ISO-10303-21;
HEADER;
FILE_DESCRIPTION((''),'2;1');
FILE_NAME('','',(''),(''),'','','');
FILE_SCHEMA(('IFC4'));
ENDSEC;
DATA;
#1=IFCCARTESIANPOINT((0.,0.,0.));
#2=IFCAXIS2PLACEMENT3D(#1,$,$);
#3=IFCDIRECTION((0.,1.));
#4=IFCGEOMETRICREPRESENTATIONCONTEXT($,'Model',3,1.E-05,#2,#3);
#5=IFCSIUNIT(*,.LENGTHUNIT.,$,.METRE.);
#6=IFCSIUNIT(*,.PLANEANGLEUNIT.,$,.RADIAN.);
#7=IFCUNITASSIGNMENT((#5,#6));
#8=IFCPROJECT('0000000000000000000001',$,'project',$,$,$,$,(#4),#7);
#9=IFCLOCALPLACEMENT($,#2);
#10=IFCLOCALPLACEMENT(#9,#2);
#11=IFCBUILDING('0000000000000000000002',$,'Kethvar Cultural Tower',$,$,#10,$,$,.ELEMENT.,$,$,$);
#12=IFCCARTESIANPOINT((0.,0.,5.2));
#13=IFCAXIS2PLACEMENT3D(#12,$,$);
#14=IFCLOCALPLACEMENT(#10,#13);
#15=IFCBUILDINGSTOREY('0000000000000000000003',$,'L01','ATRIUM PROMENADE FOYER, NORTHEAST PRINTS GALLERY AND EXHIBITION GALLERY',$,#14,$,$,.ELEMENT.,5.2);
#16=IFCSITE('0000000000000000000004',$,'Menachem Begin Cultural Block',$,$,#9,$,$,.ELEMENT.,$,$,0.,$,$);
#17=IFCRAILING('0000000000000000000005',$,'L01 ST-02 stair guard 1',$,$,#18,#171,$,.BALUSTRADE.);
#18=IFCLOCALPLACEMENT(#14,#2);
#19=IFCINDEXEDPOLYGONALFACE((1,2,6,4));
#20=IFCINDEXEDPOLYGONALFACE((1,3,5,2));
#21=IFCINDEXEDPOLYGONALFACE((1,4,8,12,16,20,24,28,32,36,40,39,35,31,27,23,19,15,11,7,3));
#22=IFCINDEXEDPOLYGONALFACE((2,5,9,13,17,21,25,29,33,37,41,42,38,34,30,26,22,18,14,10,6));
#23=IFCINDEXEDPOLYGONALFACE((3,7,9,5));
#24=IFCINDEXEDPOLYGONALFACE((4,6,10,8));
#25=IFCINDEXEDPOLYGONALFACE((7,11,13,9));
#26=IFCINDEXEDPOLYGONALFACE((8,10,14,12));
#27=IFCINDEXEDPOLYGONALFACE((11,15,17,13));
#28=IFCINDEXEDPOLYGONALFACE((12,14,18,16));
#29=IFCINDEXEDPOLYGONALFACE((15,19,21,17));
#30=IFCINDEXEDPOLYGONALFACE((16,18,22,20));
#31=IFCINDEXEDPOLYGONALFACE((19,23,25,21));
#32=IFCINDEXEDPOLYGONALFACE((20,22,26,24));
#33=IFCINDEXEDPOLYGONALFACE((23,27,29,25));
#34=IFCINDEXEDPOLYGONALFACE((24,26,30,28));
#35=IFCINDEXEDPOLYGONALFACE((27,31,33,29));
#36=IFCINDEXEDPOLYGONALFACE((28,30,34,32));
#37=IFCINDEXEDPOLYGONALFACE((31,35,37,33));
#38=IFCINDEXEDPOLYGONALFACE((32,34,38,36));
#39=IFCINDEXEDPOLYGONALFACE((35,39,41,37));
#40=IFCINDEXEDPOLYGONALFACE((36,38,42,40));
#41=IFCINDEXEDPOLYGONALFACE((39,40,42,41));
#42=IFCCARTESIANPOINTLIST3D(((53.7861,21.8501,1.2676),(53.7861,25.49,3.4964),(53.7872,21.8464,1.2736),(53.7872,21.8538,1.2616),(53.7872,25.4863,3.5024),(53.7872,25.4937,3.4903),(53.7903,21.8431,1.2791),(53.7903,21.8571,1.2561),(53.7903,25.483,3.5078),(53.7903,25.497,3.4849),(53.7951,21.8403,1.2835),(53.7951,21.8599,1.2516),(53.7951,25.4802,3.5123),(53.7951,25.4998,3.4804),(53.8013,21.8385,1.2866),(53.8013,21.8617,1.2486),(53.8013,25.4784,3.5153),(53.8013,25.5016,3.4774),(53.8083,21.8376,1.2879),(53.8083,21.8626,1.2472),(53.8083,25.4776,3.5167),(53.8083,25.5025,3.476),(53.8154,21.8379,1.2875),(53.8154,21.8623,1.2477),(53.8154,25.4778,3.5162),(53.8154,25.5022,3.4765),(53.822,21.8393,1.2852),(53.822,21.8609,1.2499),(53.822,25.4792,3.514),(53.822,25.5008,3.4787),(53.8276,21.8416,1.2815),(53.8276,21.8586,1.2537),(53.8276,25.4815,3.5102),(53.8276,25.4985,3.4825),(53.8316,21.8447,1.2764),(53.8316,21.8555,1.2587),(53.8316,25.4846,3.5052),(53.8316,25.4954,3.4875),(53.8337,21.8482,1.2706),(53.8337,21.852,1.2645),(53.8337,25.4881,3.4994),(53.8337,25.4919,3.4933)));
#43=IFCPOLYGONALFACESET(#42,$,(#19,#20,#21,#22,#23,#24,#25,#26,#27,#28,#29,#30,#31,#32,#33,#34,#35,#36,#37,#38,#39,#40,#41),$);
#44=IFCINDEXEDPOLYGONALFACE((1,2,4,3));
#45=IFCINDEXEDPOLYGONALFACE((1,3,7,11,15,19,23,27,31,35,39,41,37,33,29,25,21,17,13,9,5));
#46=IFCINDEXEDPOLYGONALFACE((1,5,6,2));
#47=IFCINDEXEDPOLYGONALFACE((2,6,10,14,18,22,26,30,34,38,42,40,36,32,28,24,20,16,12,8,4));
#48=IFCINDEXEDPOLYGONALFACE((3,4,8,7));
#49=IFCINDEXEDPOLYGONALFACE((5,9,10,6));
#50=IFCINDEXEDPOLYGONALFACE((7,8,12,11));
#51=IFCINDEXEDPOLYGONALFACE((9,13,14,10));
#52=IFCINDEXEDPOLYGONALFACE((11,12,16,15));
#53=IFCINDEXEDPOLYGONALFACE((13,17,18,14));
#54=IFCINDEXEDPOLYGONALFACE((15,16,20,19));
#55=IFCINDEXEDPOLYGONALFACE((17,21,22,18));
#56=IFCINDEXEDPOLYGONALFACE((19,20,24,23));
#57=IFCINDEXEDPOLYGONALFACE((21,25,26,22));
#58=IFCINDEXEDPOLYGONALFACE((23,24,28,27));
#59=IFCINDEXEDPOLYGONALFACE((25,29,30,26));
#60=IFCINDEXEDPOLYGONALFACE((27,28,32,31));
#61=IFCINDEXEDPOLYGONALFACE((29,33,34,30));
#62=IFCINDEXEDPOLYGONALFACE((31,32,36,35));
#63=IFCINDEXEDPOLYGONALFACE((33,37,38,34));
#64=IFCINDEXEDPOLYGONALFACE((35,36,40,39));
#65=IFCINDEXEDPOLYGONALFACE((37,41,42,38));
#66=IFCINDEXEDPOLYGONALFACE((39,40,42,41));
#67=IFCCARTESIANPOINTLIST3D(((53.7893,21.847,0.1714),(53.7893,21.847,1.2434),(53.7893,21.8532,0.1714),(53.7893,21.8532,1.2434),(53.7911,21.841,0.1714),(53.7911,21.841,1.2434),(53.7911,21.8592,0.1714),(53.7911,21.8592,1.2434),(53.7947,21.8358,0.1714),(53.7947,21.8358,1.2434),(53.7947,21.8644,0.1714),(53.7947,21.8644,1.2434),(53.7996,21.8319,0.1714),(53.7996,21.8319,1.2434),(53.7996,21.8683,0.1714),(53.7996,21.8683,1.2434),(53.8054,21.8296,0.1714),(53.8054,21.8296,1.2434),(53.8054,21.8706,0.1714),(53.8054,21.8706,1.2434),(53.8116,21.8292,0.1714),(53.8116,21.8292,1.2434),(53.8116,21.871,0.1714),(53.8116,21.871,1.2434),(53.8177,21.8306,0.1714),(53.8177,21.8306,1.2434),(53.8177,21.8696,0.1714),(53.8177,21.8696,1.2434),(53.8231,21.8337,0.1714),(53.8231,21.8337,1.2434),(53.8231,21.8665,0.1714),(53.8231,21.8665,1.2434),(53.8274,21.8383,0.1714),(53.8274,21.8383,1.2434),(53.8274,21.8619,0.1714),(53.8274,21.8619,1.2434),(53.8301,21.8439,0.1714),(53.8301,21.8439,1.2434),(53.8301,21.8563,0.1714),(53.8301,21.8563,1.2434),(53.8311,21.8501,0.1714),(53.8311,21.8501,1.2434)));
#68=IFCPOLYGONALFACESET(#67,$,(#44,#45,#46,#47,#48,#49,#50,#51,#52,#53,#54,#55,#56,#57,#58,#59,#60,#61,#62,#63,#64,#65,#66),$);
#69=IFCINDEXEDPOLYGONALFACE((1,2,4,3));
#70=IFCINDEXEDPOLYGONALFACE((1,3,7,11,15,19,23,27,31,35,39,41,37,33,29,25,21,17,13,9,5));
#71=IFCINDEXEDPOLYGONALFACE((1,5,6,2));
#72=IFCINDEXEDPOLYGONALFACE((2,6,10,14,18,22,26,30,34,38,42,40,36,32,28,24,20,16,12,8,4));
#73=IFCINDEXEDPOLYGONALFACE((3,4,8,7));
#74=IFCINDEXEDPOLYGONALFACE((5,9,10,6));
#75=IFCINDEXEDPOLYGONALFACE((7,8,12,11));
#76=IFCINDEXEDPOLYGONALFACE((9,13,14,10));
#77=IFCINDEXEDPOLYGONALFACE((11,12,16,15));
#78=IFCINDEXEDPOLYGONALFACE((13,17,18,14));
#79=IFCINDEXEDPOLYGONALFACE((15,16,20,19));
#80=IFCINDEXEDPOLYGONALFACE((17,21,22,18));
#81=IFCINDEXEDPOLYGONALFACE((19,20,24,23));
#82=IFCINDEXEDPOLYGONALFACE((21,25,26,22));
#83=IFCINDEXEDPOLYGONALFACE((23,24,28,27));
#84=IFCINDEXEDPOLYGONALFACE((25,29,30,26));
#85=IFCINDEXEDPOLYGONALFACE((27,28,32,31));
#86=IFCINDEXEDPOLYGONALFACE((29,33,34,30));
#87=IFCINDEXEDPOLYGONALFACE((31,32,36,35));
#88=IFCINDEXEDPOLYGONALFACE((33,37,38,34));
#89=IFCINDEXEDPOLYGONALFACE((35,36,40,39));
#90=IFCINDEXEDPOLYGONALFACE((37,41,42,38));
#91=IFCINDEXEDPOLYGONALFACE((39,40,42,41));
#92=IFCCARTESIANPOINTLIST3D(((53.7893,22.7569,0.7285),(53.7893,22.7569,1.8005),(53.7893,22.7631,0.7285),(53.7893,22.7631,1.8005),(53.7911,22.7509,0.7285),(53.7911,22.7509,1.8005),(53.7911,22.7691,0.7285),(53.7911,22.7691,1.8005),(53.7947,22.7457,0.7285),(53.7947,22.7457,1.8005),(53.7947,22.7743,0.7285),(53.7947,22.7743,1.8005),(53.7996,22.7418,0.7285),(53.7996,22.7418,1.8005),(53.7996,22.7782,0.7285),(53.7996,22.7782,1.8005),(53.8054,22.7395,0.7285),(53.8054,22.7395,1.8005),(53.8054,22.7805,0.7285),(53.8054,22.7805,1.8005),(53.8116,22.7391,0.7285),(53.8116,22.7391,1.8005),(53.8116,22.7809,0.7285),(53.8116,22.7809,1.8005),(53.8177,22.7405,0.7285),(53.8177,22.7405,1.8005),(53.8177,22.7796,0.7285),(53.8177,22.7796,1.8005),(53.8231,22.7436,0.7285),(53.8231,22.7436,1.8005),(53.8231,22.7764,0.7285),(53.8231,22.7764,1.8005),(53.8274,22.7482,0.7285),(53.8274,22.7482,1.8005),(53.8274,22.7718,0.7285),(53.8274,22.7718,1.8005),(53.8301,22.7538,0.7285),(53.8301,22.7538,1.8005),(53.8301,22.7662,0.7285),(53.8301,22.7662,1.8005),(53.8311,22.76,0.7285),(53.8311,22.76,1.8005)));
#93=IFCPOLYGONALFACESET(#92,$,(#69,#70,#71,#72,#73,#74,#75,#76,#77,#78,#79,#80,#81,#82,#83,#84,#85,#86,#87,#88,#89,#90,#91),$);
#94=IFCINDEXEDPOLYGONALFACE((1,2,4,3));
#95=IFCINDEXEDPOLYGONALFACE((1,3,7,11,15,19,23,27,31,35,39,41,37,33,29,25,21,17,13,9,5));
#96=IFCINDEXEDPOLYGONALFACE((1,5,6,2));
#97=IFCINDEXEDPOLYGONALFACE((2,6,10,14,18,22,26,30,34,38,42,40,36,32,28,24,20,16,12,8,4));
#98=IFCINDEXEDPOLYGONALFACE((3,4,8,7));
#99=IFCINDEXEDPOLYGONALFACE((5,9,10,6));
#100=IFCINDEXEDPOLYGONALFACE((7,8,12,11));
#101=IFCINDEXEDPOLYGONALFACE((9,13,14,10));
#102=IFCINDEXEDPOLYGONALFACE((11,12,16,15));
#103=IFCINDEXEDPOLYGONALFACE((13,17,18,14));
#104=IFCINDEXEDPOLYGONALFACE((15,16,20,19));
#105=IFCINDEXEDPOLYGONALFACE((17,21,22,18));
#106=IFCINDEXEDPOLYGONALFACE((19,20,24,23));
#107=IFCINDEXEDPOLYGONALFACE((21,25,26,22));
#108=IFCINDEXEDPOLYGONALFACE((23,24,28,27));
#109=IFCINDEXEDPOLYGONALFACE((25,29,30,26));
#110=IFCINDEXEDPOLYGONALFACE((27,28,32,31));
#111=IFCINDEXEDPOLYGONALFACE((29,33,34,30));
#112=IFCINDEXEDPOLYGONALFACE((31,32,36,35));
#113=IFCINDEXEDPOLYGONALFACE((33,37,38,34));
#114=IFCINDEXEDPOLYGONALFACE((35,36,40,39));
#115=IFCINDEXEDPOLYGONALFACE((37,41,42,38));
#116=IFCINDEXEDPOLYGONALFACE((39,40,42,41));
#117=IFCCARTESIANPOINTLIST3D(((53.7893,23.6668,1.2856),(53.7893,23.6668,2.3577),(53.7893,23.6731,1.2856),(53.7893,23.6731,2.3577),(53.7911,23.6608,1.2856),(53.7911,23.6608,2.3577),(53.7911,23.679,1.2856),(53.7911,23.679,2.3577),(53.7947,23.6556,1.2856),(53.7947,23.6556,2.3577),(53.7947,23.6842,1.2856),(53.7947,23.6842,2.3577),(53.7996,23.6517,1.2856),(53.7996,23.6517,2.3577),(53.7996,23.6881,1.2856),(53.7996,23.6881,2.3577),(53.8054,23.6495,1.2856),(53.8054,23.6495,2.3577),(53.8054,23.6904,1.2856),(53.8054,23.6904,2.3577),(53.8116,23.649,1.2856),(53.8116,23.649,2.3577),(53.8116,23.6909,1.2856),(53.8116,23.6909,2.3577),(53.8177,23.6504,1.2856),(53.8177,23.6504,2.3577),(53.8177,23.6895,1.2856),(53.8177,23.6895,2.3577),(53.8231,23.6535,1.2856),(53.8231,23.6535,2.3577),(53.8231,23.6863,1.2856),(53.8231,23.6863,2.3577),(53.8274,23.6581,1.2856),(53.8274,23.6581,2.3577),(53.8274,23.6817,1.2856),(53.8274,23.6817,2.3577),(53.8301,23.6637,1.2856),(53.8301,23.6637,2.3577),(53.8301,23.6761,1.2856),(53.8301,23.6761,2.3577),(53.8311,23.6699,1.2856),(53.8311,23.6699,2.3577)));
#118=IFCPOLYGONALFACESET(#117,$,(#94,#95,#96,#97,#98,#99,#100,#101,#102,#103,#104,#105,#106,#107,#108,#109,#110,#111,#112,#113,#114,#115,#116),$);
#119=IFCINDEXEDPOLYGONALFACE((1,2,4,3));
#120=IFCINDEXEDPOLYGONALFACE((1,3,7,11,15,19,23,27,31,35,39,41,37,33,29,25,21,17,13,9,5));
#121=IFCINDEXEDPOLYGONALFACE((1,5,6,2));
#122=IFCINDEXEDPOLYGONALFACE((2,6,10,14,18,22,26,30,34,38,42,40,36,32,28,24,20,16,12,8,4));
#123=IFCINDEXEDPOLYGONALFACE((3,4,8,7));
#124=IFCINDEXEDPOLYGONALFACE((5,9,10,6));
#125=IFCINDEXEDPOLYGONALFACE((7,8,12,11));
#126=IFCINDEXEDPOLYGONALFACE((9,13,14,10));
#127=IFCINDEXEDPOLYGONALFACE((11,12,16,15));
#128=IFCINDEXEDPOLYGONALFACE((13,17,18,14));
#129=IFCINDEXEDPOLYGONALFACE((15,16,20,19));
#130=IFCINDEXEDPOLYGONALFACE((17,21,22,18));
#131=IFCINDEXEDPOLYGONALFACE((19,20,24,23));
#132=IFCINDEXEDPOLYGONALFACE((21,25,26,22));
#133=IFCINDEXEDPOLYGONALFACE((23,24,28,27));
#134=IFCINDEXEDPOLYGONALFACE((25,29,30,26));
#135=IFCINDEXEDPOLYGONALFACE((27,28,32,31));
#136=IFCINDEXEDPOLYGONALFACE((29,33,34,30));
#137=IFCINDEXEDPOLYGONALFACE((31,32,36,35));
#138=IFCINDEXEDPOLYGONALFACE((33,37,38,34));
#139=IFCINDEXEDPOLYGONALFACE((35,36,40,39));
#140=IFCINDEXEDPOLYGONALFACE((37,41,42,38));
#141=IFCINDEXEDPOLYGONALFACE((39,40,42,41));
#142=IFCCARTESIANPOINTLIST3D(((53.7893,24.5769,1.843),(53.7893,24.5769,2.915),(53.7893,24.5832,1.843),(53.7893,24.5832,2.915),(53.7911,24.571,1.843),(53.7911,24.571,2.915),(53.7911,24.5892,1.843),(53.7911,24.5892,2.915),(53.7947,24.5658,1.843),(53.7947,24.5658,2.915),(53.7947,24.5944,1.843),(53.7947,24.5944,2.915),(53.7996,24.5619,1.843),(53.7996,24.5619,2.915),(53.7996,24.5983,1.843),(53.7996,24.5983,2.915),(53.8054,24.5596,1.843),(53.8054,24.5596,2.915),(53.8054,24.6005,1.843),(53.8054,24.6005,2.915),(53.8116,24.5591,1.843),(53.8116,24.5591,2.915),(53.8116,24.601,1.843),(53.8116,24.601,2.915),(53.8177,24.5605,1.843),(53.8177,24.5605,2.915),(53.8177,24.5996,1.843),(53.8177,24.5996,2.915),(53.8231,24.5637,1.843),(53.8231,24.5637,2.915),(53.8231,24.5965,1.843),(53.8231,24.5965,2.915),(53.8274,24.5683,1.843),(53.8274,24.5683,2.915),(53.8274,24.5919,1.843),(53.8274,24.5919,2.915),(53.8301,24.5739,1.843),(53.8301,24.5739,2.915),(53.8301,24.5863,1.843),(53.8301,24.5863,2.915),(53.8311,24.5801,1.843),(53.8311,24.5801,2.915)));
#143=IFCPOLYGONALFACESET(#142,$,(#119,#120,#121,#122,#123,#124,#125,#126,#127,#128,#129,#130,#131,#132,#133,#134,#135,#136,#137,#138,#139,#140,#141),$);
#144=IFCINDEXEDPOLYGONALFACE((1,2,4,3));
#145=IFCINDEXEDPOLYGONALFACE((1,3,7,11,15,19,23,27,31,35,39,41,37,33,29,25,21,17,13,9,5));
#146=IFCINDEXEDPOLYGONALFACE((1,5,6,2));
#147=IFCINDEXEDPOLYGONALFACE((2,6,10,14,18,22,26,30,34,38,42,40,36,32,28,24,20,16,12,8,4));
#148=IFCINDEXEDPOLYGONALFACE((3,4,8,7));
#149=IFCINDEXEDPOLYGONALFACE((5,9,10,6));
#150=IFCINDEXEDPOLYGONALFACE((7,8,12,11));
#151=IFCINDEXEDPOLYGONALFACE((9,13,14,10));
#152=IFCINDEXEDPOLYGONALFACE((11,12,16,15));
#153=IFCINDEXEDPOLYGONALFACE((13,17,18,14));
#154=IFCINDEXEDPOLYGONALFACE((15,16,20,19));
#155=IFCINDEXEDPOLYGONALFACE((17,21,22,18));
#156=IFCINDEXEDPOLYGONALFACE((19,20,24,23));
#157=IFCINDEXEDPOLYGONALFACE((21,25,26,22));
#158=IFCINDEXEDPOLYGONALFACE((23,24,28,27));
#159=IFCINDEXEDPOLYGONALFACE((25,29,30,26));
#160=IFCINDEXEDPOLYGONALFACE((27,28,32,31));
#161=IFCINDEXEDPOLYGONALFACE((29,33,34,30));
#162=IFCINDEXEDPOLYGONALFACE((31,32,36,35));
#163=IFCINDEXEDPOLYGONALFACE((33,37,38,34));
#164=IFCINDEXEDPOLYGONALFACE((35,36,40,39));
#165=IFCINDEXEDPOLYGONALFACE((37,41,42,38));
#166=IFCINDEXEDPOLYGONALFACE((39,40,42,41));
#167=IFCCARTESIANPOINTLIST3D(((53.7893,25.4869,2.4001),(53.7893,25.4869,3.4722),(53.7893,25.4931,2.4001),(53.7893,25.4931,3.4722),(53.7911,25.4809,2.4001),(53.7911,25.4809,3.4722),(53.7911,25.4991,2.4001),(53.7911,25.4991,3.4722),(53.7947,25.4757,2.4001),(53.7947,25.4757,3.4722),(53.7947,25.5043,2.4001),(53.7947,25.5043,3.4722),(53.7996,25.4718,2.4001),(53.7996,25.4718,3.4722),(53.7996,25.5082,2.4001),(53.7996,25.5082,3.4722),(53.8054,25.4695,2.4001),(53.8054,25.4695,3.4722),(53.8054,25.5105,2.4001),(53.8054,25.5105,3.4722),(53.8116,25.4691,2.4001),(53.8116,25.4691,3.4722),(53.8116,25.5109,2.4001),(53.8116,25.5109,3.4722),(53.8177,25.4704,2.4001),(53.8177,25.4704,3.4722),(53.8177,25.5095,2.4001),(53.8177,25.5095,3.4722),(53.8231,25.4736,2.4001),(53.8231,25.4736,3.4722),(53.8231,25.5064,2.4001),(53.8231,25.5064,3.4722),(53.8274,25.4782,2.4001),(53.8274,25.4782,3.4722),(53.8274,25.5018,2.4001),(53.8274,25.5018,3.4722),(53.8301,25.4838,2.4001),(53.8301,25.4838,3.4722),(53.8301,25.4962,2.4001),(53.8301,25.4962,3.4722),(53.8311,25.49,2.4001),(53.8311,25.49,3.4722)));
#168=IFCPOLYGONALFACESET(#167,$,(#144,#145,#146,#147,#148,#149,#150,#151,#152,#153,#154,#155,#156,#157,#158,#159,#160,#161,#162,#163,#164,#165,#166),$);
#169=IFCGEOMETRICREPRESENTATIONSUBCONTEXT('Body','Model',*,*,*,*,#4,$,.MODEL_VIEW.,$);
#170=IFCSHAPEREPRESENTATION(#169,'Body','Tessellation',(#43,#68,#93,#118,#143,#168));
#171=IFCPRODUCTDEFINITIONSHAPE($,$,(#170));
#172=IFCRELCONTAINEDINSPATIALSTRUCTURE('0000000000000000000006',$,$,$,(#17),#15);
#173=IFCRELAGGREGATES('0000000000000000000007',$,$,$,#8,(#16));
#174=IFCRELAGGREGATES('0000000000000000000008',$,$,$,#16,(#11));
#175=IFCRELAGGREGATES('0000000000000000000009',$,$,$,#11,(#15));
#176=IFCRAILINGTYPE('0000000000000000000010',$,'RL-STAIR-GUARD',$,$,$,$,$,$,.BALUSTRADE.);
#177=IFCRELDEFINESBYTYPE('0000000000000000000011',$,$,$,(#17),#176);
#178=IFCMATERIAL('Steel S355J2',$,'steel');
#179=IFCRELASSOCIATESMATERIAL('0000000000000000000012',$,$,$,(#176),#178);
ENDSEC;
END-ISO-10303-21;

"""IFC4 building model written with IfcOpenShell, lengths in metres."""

from ifc_helpers import new_model, si_unit, direction, frame, origin, origin_2d, place, context, subcontext, project, spatial, circle, extrude, material, type_object, element, save


model = new_model("IFC4")

# Units and contexts
model_context = context("Model", 3, precision=1e-05, world=origin(), true_north=direction((0.0, 1.0)))
body_context = subcontext(model_context, "Body", "Model", "MODEL_VIEW")
ifc_project = project(units=[si_unit("LENGTHUNIT", "METRE"), si_unit("PLANEANGLEUNIT", "RADIAN")], contexts=[model_context])

# Site, building, storey
site_placement = place(None, origin())
site = spatial("IfcSite", under=ifc_project, at=site_placement, Name="Menachem Begin Cultural Block", CompositionType="ELEMENT", RefElevation=0.0)
building_placement = place(site_placement, origin())
building = spatial("IfcBuilding", under=site, at=building_placement, Name="Kethvar Cultural Tower", CompositionType="ELEMENT")
storey_placement = place(building_placement, frame((0.0, 0.0, 5.2)))
storey = spatial("IfcBuildingStorey", under=building, at=storey_placement, Name="L01", Description="ATRIUM PROMENADE FOYER, NORTHEAST PRINTS GALLERY AND EXHIBITION GALLERY", CompositionType="ELEMENT", Elevation=5.2)

# Shared definitions
ifc_material_1 = material(Name="Steel S355J2", Category="steel")

# Railing
railing_type_1 = type_object("IfcRailingType", Name="RL-STAIR-GUARD", PredefinedType="BALUSTRADE", material=ifc_material_1)
railing_1_placement = place(storey_placement, frame((53.8101, 21.8501, 0.1714)))
element("IfcRailing", 1, at=railing_1_placement, inside=storey, type_object=railing_type_1, Name="L01 ST-02 stair guard 1", PredefinedType="BALUSTRADE", context=body_context, shape_type="SweptSolid", body=[
    extrude(circle(Radius=0.0239, at=origin_2d()), frame((0.0, 0.0, 1.0962), z_axis=(0.0, 0.852825, 0.522197), x_axis=(-1.0, 0.0, 0.0)), (0.0, 0.0, 1.0), 4.2681),
    extrude(circle(Radius=0.021, at=origin_2d()), origin(), (0.0, 0.0, 1.0), 1.072),
    extrude(circle(Radius=0.021, at=origin_2d()), frame((0.0, 0.9099, 0.5571)), (0.0, 0.0, 1.0), 1.072),
    extrude(circle(Radius=0.021, at=origin_2d()), frame((0.0, 1.8198, 1.1143)), (0.0, 0.0, 1.0), 1.072),
    extrude(circle(Radius=0.021, at=origin_2d()), frame((0.0, 2.73, 1.6716)), (0.0, 0.0, 1.0), 1.072),
    extrude(circle(Radius=0.021, at=origin_2d()), frame((0.0, 3.6399, 2.2288)), (0.0, 0.0, 1.0), 1.072),
])

save(model, "model.ifc")
